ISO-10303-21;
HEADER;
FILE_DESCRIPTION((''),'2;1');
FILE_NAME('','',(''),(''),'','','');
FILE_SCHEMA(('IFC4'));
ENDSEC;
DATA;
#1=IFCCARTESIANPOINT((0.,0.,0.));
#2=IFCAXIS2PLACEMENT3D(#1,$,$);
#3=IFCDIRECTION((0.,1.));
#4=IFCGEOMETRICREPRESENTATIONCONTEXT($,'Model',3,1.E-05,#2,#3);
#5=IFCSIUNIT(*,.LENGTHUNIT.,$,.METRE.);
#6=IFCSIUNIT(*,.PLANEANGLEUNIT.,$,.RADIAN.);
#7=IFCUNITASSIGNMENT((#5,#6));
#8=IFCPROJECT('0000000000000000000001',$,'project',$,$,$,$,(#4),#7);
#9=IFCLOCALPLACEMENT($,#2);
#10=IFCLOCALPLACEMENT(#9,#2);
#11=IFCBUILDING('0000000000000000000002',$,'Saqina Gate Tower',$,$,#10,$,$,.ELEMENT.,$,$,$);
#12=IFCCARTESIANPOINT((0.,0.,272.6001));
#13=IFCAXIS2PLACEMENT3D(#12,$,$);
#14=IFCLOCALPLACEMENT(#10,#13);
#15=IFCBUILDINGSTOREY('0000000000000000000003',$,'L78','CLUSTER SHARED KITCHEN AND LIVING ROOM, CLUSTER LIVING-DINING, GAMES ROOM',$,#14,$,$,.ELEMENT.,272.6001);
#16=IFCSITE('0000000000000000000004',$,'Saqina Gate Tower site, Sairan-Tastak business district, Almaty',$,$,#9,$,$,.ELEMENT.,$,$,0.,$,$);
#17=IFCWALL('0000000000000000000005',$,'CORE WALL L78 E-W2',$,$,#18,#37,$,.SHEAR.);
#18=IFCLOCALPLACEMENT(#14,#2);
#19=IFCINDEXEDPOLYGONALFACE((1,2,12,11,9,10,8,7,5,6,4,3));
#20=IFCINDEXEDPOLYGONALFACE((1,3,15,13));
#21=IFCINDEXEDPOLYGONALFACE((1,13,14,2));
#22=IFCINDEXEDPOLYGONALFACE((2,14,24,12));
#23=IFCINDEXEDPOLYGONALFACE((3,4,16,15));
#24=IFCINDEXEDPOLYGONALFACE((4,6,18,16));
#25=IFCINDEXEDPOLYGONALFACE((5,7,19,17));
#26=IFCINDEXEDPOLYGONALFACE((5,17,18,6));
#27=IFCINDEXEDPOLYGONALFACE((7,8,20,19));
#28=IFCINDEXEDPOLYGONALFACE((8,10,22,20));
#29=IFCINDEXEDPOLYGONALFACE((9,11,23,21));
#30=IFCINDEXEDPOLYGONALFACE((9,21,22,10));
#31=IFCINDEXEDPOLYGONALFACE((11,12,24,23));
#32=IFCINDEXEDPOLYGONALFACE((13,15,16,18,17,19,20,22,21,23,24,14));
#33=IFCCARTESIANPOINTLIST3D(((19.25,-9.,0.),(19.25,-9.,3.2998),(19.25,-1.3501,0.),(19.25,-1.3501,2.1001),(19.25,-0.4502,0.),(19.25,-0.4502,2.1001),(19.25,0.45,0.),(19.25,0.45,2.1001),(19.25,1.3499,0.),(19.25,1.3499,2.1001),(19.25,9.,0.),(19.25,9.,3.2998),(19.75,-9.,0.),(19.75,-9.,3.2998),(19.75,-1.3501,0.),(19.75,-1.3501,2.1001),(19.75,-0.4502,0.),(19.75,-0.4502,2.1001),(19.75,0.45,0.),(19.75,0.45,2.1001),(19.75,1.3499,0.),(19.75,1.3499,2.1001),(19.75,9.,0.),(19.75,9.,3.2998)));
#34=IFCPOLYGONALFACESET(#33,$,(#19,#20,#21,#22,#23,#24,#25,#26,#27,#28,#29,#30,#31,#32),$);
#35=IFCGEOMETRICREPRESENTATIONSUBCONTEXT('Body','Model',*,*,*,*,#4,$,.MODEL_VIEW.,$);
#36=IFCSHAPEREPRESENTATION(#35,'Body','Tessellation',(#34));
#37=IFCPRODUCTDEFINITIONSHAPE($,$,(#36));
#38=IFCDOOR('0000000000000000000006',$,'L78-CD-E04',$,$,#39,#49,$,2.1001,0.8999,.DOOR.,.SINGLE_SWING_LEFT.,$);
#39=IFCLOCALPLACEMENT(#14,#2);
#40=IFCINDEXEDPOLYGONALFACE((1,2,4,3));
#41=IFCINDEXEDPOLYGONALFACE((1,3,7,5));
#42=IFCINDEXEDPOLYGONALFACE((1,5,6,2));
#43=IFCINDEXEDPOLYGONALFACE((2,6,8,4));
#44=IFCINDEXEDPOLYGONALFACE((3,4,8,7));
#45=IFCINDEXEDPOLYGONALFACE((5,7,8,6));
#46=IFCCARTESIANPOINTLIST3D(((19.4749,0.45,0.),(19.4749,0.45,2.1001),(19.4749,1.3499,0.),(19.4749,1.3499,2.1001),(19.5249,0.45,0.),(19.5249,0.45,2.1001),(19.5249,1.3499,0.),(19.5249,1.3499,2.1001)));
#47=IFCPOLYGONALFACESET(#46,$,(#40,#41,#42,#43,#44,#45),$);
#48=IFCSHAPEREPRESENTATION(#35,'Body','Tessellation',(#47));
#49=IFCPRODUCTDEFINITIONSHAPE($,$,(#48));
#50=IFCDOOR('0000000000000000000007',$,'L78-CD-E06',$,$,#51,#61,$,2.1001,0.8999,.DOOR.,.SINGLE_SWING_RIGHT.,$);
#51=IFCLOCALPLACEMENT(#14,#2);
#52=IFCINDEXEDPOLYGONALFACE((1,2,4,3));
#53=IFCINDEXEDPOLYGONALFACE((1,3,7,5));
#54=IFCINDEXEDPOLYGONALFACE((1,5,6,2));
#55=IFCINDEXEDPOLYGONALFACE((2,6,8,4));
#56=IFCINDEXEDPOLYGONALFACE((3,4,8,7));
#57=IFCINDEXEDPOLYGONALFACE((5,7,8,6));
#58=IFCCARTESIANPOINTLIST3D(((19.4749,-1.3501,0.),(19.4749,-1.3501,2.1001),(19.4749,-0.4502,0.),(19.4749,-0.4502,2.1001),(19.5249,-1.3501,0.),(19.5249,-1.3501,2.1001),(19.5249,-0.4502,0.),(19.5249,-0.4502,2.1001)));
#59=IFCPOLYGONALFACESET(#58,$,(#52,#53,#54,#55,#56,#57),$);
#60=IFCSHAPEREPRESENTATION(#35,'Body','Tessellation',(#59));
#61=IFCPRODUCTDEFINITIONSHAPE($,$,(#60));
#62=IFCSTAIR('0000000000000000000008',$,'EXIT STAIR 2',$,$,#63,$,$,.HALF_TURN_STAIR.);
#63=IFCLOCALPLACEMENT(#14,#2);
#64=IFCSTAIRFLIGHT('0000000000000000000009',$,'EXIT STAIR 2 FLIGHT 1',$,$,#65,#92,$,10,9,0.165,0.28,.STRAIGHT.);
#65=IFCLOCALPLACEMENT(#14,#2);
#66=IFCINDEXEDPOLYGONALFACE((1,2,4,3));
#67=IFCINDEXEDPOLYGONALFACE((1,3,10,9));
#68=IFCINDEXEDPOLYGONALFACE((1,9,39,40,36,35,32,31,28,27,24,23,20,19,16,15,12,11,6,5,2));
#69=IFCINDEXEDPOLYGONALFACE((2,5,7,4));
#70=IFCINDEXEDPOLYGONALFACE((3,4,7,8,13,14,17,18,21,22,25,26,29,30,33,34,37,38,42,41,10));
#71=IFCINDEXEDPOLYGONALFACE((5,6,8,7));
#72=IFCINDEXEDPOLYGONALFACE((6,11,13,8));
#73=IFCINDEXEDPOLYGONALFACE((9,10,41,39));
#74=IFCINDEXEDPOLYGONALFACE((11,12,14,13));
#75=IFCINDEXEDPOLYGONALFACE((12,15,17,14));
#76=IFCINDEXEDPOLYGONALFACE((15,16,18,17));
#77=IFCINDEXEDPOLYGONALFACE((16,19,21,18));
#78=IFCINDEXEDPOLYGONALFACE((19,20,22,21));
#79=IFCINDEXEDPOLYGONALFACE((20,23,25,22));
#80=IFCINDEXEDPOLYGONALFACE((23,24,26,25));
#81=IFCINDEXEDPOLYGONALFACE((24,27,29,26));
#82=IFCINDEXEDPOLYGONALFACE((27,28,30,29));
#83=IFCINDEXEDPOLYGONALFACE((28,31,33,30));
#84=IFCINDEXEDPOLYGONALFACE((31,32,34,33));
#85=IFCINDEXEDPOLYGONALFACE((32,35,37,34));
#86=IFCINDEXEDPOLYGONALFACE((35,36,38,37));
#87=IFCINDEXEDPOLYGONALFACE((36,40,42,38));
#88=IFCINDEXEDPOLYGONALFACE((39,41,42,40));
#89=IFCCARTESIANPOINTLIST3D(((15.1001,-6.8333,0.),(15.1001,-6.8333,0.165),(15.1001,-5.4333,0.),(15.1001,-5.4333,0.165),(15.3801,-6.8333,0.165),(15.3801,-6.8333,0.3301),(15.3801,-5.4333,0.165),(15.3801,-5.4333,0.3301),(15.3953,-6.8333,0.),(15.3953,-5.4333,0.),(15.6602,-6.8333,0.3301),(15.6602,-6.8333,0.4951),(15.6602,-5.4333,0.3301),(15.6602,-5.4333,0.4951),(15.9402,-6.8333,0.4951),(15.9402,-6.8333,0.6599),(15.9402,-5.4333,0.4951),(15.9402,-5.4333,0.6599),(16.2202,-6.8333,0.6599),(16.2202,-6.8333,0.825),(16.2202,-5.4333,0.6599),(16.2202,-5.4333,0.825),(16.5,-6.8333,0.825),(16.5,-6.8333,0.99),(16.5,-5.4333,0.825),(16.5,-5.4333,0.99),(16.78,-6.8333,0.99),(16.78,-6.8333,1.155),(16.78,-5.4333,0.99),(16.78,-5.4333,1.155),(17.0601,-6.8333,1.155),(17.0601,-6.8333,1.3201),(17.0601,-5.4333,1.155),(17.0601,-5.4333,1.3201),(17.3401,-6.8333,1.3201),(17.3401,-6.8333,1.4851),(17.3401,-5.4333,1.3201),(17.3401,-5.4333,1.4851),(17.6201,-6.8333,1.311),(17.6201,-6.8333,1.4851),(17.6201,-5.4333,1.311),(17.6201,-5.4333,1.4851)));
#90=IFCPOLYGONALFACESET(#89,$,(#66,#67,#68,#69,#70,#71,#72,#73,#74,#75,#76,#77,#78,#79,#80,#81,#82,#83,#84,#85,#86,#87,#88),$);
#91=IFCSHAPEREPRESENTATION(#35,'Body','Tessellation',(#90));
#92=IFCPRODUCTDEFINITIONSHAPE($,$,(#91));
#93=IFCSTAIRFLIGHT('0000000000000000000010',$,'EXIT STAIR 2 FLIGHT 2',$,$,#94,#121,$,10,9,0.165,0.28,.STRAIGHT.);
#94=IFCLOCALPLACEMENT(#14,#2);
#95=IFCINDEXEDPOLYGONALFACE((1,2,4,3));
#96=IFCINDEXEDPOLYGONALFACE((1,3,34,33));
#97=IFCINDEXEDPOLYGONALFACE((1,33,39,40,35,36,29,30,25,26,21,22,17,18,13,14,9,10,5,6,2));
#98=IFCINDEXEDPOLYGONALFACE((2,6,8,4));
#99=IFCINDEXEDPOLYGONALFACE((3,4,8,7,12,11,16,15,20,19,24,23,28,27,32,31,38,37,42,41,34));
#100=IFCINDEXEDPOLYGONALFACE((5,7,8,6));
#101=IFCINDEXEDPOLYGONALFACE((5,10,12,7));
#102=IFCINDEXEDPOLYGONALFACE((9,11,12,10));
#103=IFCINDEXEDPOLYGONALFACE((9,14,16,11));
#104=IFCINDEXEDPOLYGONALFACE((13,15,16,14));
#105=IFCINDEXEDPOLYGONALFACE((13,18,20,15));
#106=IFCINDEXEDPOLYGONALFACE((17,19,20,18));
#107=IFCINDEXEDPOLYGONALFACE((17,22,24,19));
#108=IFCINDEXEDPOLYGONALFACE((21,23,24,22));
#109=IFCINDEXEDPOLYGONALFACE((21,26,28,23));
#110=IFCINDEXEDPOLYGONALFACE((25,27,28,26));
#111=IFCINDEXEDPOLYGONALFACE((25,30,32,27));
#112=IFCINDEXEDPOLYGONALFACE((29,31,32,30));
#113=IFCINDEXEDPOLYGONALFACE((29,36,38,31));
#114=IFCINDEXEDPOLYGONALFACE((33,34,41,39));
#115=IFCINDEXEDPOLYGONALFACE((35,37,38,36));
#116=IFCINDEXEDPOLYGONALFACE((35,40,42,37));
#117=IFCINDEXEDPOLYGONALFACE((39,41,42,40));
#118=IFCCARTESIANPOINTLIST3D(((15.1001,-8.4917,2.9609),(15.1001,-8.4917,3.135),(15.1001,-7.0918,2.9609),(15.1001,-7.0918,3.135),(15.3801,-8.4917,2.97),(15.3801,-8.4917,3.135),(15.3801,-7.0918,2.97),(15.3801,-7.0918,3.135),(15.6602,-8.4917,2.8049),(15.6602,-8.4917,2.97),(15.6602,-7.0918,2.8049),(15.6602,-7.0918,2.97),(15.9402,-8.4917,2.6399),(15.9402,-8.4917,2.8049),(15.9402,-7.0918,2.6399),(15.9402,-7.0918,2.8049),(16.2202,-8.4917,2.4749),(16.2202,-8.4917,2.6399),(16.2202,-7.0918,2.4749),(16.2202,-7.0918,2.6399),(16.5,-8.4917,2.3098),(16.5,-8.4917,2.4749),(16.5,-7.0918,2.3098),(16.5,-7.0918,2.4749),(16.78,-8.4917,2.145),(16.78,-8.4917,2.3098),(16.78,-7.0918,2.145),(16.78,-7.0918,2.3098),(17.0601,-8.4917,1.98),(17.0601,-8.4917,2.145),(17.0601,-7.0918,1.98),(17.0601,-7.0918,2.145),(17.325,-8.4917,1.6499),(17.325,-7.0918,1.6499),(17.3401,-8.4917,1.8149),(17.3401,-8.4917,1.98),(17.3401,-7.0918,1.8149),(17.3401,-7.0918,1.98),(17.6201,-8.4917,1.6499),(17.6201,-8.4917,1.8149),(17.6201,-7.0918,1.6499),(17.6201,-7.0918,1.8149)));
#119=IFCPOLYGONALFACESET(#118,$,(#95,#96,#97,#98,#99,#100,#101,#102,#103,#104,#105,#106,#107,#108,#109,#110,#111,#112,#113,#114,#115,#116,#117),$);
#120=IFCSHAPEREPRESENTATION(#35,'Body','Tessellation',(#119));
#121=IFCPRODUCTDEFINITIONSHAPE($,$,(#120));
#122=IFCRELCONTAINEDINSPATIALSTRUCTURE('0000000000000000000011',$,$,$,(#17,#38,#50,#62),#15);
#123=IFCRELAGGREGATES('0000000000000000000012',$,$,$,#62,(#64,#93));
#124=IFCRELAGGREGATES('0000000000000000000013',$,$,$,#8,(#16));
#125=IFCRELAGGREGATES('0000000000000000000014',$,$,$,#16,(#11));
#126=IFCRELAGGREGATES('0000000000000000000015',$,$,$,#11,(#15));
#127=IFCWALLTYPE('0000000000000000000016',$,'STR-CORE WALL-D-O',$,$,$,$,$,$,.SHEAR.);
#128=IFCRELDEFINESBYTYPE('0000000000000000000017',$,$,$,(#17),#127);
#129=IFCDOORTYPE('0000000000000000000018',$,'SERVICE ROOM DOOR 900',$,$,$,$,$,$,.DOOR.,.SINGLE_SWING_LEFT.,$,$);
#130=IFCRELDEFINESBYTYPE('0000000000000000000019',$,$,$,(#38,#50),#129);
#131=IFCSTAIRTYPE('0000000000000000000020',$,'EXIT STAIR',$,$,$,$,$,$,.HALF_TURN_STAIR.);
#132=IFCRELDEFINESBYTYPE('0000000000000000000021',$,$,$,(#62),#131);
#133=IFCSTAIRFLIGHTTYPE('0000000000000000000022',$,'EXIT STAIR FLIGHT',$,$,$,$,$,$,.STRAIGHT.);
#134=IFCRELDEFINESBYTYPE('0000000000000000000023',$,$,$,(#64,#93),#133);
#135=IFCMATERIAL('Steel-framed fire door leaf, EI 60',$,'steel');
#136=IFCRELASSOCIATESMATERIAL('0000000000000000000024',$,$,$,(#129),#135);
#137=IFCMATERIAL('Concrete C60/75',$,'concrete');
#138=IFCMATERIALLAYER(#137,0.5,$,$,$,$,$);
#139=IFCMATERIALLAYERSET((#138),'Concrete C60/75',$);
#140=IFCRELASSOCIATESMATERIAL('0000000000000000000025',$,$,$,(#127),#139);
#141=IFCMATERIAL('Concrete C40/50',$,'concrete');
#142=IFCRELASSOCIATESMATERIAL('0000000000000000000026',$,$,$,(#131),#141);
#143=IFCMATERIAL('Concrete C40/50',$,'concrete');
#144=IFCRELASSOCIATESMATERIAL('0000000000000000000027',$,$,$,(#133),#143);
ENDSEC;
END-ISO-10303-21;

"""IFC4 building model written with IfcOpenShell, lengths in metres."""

from ifc_helpers import new_model, si_unit, direction, frame, frame_2d, origin, place, context, subcontext, project, spatial, polyline, rectangle, outline, extrude, material, layer, layer_set, type_object, element, fill, aggregate, save


model = new_model("IFC4")

# Units and contexts
model_context = context("Model", 3, precision=1e-05, world=origin(), true_north=direction((0.0, 1.0)))
body_context = subcontext(model_context, "Body", "Model", "MODEL_VIEW")
ifc_project = project(units=[si_unit("LENGTHUNIT", "METRE"), si_unit("PLANEANGLEUNIT", "RADIAN")], contexts=[model_context])

# Site, building, storey
site_placement = place(None, origin())
site = spatial("IfcSite", under=ifc_project, at=site_placement, Name="Saqina Gate Tower site, Sairan-Tastak business district, Almaty", CompositionType="ELEMENT", RefElevation=0.0)
building_placement = place(site_placement, origin())
building = spatial("IfcBuilding", under=site, at=building_placement, Name="Saqina Gate Tower", CompositionType="ELEMENT")
storey_placement = place(building_placement, frame((0.0, 0.0, 272.6001)))
storey = spatial("IfcBuildingStorey", under=building, at=storey_placement, Name="L78", Description="CLUSTER SHARED KITCHEN AND LIVING ROOM, CLUSTER LIVING-DINING, GAMES ROOM", CompositionType="ELEMENT", Elevation=272.6001)

# Shared definitions
ifc_material_1 = material(Name="Steel-framed fire door leaf, EI 60", Category="steel")
door_type_1 = type_object("IfcDoorType", Name="SERVICE ROOM DOOR 900", OperationType="SINGLE_SWING_LEFT", PredefinedType="DOOR", material=ifc_material_1)

# Wall, openings, doors
ifc_material_2 = material(Name="Concrete C60/75", Category="concrete")
ifc_layer_1 = layer(ifc_material_2, 0.5)
ifc_layer_set_1 = layer_set([ifc_layer_1], Name="Concrete C60/75")
wall_type_1 = type_object("IfcWallType", Name="STR-CORE WALL-D-O", PredefinedType="SHEAR", material=ifc_layer_set_1)
wall_1_placement = place(storey_placement, frame((19.5, -9.0, 0.0), z_axis=(0.0, 0.0, 1.0), x_axis=(0.0, 1.0, 0.0)))
wall_1 = element("IfcWall", 1, at=wall_1_placement, inside=storey, type_object=wall_type_1, Name="CORE WALL L78 E-W2", PredefinedType="SHEAR", context=body_context, shape_type="SweptSolid", body=[
    extrude(rectangle(XDim=18.0, YDim=0.5, at=frame_2d((9.0, 0.0))), origin(), (0.0, 0.0, 1.0), 3.2998),
])
opening_1_placement = place(wall_1_placement, frame((9.45, 0.0, 0.0)))
opening_1 = element("IfcOpeningElement", 2, at=opening_1_placement, cuts=wall_1, PredefinedType="OPENING", context=body_context, shape_type="SweptSolid", body=[
    extrude(rectangle(XDim=0.8999, YDim=2.1001, at=frame_2d((0.45, 1.05))), frame((0.0, 0.262, 0.0), z_axis=(0.0, -1.0, 0.0), x_axis=(1.0, 0.0, 0.0)), (0.0, 0.0, 1.0), 0.5239),
])
opening_2_placement = place(wall_1_placement, frame((7.6499, 0.0, 0.0)))
opening_2 = element("IfcOpeningElement", 3, at=opening_2_placement, cuts=wall_1, PredefinedType="OPENING", context=body_context, shape_type="SweptSolid", body=[
    extrude(rectangle(XDim=0.8999, YDim=2.1001, at=frame_2d((0.45, 1.05))), frame((0.0, 0.262, 0.0), z_axis=(0.0, -1.0, 0.0), x_axis=(1.0, 0.0, 0.0)), (0.0, 0.0, 1.0), 0.5239),
])
door_1_placement = place(opening_1_placement, frame((0.8999, 0.0, 0.0), z_axis=(0.0, 0.0, 1.0), x_axis=(-1.0, 0.0, 0.0)))
door_1 = element("IfcDoor", 4, at=door_1_placement, inside=storey, type_object=door_type_1, Name="L78-CD-E04", OperationType="SINGLE_SWING_LEFT", OverallHeight=2.1001, OverallWidth=0.8999, PredefinedType="DOOR", context=body_context, shape_type="SweptSolid", body=[
    extrude(rectangle(XDim=0.8999, YDim=2.1001, at=frame_2d((0.45, 1.05))), frame((0.0, 0.0249, 0.0), z_axis=(0.0, -1.0, 0.0), x_axis=(1.0, 0.0, 0.0)), (0.0, 0.0, 1.0), 0.05),
])
fill(opening_1, door_1)
door_2_placement = place(opening_2_placement, frame((0.8999, 0.0, 0.0), z_axis=(0.0, 0.0, 1.0), x_axis=(-1.0, 0.0, 0.0)))
door_2 = element("IfcDoor", 5, at=door_2_placement, inside=storey, type_object=door_type_1, Name="L78-CD-E06", OperationType="SINGLE_SWING_RIGHT", OverallHeight=2.1001, OverallWidth=0.8999, PredefinedType="DOOR", context=body_context, shape_type="SweptSolid", body=[
    extrude(rectangle(XDim=0.8999, YDim=2.1001, at=frame_2d((0.45, 1.05))), frame((0.0, 0.0249, 0.0), z_axis=(0.0, -1.0, 0.0), x_axis=(1.0, 0.0, 0.0)), (0.0, 0.0, 1.0), 0.05),
])
fill(opening_2, door_2)

# Stair, stair flights
ifc_material_3 = material(Name="Concrete C40/50", Category="concrete")
stair_type = type_object("IfcStairType", Name="EXIT STAIR", PredefinedType="HALF_TURN_STAIR", material=ifc_material_3)
stair_placement = place(storey_placement, origin())
stair = element("IfcStair", 6, at=stair_placement, inside=storey, type_object=stair_type, Name="EXIT STAIR 2", PredefinedType="HALF_TURN_STAIR")
ifc_material_4 = material(Name="Concrete C40/50", Category="concrete")
stair_flight_type = type_object("IfcStairFlightType", Name="EXIT STAIR FLIGHT", PredefinedType="STRAIGHT", material=ifc_material_4)
stair_flight_1_placement = place(storey_placement, frame((15.1001, -6.1333, 0.0), z_axis=(0.0, 0.0, 1.0), x_axis=(1.0, 0.0, 0.0)))
stair_flight_1 = element("IfcStairFlight", 7, at=stair_flight_1_placement, type_object=stair_flight_type, Name="EXIT STAIR 2 FLIGHT 1", NumberOfRisers=10, NumberOfTreads=9, PredefinedType="STRAIGHT", RiserHeight=0.165, TreadLength=0.28, context=body_context, shape_type="SweptSolid", body=[
    extrude(outline(polyline([(0.0, 0.0), (0.0, 0.165), (0.28, 0.165), (0.28, 0.3301), (0.5601, 0.3301), (0.5601, 0.4951), (0.8401, 0.4951), (0.8401, 0.6599), (1.1201, 0.6599), (1.1201, 0.825), (1.3999, 0.825), (1.3999, 0.99), (1.6799, 0.99), (1.6799, 1.155), (1.96, 1.155), (1.96, 1.3201), (2.24, 1.3201), (2.24, 1.4851), (2.52, 1.4851), (2.52, 1.6499), (2.52, 1.311), (0.2952, 0.0), (0.0, 0.0)])), frame((0.0, 0.7, 0.0), z_axis=(0.0, -1.0, 0.0), x_axis=(1.0, 0.0, 0.0)), (0.0, 0.0, 1.0), 1.3999),
])
stair_flight_2_placement = place(storey_placement, frame((17.6201, -7.7917, 1.6499), z_axis=(0.0, 0.0, 1.0), x_axis=(-1.0, 0.0, 0.0)))
stair_flight_2 = element("IfcStairFlight", 8, at=stair_flight_2_placement, type_object=stair_flight_type, Name="EXIT STAIR 2 FLIGHT 2", NumberOfRisers=10, NumberOfTreads=9, PredefinedType="STRAIGHT", RiserHeight=0.165, TreadLength=0.28, context=body_context, shape_type="SweptSolid", body=[
    extrude(outline(polyline([(0.0, 0.0), (0.0, 0.165), (0.28, 0.165), (0.28, 0.3301), (0.5601, 0.3301), (0.5601, 0.4951), (0.8401, 0.4951), (0.8401, 0.6599), (1.1201, 0.6599), (1.1201, 0.825), (1.3999, 0.825), (1.3999, 0.99), (1.6799, 0.99), (1.6799, 1.155), (1.96, 1.155), (1.96, 1.3201), (2.24, 1.3201), (2.24, 1.4851), (2.52, 1.4851), (2.52, 1.6499), (2.52, 1.311), (0.2952, 0.0), (0.0, 0.0)])), frame((0.0, 0.7, 0.0), z_axis=(0.0, -1.0, 0.0), x_axis=(1.0, 0.0, 0.0)), (0.0, 0.0, 1.0), 1.3999),
])
aggregate(stair, [stair_flight_1, stair_flight_2])

save(model, "model.ifc")
